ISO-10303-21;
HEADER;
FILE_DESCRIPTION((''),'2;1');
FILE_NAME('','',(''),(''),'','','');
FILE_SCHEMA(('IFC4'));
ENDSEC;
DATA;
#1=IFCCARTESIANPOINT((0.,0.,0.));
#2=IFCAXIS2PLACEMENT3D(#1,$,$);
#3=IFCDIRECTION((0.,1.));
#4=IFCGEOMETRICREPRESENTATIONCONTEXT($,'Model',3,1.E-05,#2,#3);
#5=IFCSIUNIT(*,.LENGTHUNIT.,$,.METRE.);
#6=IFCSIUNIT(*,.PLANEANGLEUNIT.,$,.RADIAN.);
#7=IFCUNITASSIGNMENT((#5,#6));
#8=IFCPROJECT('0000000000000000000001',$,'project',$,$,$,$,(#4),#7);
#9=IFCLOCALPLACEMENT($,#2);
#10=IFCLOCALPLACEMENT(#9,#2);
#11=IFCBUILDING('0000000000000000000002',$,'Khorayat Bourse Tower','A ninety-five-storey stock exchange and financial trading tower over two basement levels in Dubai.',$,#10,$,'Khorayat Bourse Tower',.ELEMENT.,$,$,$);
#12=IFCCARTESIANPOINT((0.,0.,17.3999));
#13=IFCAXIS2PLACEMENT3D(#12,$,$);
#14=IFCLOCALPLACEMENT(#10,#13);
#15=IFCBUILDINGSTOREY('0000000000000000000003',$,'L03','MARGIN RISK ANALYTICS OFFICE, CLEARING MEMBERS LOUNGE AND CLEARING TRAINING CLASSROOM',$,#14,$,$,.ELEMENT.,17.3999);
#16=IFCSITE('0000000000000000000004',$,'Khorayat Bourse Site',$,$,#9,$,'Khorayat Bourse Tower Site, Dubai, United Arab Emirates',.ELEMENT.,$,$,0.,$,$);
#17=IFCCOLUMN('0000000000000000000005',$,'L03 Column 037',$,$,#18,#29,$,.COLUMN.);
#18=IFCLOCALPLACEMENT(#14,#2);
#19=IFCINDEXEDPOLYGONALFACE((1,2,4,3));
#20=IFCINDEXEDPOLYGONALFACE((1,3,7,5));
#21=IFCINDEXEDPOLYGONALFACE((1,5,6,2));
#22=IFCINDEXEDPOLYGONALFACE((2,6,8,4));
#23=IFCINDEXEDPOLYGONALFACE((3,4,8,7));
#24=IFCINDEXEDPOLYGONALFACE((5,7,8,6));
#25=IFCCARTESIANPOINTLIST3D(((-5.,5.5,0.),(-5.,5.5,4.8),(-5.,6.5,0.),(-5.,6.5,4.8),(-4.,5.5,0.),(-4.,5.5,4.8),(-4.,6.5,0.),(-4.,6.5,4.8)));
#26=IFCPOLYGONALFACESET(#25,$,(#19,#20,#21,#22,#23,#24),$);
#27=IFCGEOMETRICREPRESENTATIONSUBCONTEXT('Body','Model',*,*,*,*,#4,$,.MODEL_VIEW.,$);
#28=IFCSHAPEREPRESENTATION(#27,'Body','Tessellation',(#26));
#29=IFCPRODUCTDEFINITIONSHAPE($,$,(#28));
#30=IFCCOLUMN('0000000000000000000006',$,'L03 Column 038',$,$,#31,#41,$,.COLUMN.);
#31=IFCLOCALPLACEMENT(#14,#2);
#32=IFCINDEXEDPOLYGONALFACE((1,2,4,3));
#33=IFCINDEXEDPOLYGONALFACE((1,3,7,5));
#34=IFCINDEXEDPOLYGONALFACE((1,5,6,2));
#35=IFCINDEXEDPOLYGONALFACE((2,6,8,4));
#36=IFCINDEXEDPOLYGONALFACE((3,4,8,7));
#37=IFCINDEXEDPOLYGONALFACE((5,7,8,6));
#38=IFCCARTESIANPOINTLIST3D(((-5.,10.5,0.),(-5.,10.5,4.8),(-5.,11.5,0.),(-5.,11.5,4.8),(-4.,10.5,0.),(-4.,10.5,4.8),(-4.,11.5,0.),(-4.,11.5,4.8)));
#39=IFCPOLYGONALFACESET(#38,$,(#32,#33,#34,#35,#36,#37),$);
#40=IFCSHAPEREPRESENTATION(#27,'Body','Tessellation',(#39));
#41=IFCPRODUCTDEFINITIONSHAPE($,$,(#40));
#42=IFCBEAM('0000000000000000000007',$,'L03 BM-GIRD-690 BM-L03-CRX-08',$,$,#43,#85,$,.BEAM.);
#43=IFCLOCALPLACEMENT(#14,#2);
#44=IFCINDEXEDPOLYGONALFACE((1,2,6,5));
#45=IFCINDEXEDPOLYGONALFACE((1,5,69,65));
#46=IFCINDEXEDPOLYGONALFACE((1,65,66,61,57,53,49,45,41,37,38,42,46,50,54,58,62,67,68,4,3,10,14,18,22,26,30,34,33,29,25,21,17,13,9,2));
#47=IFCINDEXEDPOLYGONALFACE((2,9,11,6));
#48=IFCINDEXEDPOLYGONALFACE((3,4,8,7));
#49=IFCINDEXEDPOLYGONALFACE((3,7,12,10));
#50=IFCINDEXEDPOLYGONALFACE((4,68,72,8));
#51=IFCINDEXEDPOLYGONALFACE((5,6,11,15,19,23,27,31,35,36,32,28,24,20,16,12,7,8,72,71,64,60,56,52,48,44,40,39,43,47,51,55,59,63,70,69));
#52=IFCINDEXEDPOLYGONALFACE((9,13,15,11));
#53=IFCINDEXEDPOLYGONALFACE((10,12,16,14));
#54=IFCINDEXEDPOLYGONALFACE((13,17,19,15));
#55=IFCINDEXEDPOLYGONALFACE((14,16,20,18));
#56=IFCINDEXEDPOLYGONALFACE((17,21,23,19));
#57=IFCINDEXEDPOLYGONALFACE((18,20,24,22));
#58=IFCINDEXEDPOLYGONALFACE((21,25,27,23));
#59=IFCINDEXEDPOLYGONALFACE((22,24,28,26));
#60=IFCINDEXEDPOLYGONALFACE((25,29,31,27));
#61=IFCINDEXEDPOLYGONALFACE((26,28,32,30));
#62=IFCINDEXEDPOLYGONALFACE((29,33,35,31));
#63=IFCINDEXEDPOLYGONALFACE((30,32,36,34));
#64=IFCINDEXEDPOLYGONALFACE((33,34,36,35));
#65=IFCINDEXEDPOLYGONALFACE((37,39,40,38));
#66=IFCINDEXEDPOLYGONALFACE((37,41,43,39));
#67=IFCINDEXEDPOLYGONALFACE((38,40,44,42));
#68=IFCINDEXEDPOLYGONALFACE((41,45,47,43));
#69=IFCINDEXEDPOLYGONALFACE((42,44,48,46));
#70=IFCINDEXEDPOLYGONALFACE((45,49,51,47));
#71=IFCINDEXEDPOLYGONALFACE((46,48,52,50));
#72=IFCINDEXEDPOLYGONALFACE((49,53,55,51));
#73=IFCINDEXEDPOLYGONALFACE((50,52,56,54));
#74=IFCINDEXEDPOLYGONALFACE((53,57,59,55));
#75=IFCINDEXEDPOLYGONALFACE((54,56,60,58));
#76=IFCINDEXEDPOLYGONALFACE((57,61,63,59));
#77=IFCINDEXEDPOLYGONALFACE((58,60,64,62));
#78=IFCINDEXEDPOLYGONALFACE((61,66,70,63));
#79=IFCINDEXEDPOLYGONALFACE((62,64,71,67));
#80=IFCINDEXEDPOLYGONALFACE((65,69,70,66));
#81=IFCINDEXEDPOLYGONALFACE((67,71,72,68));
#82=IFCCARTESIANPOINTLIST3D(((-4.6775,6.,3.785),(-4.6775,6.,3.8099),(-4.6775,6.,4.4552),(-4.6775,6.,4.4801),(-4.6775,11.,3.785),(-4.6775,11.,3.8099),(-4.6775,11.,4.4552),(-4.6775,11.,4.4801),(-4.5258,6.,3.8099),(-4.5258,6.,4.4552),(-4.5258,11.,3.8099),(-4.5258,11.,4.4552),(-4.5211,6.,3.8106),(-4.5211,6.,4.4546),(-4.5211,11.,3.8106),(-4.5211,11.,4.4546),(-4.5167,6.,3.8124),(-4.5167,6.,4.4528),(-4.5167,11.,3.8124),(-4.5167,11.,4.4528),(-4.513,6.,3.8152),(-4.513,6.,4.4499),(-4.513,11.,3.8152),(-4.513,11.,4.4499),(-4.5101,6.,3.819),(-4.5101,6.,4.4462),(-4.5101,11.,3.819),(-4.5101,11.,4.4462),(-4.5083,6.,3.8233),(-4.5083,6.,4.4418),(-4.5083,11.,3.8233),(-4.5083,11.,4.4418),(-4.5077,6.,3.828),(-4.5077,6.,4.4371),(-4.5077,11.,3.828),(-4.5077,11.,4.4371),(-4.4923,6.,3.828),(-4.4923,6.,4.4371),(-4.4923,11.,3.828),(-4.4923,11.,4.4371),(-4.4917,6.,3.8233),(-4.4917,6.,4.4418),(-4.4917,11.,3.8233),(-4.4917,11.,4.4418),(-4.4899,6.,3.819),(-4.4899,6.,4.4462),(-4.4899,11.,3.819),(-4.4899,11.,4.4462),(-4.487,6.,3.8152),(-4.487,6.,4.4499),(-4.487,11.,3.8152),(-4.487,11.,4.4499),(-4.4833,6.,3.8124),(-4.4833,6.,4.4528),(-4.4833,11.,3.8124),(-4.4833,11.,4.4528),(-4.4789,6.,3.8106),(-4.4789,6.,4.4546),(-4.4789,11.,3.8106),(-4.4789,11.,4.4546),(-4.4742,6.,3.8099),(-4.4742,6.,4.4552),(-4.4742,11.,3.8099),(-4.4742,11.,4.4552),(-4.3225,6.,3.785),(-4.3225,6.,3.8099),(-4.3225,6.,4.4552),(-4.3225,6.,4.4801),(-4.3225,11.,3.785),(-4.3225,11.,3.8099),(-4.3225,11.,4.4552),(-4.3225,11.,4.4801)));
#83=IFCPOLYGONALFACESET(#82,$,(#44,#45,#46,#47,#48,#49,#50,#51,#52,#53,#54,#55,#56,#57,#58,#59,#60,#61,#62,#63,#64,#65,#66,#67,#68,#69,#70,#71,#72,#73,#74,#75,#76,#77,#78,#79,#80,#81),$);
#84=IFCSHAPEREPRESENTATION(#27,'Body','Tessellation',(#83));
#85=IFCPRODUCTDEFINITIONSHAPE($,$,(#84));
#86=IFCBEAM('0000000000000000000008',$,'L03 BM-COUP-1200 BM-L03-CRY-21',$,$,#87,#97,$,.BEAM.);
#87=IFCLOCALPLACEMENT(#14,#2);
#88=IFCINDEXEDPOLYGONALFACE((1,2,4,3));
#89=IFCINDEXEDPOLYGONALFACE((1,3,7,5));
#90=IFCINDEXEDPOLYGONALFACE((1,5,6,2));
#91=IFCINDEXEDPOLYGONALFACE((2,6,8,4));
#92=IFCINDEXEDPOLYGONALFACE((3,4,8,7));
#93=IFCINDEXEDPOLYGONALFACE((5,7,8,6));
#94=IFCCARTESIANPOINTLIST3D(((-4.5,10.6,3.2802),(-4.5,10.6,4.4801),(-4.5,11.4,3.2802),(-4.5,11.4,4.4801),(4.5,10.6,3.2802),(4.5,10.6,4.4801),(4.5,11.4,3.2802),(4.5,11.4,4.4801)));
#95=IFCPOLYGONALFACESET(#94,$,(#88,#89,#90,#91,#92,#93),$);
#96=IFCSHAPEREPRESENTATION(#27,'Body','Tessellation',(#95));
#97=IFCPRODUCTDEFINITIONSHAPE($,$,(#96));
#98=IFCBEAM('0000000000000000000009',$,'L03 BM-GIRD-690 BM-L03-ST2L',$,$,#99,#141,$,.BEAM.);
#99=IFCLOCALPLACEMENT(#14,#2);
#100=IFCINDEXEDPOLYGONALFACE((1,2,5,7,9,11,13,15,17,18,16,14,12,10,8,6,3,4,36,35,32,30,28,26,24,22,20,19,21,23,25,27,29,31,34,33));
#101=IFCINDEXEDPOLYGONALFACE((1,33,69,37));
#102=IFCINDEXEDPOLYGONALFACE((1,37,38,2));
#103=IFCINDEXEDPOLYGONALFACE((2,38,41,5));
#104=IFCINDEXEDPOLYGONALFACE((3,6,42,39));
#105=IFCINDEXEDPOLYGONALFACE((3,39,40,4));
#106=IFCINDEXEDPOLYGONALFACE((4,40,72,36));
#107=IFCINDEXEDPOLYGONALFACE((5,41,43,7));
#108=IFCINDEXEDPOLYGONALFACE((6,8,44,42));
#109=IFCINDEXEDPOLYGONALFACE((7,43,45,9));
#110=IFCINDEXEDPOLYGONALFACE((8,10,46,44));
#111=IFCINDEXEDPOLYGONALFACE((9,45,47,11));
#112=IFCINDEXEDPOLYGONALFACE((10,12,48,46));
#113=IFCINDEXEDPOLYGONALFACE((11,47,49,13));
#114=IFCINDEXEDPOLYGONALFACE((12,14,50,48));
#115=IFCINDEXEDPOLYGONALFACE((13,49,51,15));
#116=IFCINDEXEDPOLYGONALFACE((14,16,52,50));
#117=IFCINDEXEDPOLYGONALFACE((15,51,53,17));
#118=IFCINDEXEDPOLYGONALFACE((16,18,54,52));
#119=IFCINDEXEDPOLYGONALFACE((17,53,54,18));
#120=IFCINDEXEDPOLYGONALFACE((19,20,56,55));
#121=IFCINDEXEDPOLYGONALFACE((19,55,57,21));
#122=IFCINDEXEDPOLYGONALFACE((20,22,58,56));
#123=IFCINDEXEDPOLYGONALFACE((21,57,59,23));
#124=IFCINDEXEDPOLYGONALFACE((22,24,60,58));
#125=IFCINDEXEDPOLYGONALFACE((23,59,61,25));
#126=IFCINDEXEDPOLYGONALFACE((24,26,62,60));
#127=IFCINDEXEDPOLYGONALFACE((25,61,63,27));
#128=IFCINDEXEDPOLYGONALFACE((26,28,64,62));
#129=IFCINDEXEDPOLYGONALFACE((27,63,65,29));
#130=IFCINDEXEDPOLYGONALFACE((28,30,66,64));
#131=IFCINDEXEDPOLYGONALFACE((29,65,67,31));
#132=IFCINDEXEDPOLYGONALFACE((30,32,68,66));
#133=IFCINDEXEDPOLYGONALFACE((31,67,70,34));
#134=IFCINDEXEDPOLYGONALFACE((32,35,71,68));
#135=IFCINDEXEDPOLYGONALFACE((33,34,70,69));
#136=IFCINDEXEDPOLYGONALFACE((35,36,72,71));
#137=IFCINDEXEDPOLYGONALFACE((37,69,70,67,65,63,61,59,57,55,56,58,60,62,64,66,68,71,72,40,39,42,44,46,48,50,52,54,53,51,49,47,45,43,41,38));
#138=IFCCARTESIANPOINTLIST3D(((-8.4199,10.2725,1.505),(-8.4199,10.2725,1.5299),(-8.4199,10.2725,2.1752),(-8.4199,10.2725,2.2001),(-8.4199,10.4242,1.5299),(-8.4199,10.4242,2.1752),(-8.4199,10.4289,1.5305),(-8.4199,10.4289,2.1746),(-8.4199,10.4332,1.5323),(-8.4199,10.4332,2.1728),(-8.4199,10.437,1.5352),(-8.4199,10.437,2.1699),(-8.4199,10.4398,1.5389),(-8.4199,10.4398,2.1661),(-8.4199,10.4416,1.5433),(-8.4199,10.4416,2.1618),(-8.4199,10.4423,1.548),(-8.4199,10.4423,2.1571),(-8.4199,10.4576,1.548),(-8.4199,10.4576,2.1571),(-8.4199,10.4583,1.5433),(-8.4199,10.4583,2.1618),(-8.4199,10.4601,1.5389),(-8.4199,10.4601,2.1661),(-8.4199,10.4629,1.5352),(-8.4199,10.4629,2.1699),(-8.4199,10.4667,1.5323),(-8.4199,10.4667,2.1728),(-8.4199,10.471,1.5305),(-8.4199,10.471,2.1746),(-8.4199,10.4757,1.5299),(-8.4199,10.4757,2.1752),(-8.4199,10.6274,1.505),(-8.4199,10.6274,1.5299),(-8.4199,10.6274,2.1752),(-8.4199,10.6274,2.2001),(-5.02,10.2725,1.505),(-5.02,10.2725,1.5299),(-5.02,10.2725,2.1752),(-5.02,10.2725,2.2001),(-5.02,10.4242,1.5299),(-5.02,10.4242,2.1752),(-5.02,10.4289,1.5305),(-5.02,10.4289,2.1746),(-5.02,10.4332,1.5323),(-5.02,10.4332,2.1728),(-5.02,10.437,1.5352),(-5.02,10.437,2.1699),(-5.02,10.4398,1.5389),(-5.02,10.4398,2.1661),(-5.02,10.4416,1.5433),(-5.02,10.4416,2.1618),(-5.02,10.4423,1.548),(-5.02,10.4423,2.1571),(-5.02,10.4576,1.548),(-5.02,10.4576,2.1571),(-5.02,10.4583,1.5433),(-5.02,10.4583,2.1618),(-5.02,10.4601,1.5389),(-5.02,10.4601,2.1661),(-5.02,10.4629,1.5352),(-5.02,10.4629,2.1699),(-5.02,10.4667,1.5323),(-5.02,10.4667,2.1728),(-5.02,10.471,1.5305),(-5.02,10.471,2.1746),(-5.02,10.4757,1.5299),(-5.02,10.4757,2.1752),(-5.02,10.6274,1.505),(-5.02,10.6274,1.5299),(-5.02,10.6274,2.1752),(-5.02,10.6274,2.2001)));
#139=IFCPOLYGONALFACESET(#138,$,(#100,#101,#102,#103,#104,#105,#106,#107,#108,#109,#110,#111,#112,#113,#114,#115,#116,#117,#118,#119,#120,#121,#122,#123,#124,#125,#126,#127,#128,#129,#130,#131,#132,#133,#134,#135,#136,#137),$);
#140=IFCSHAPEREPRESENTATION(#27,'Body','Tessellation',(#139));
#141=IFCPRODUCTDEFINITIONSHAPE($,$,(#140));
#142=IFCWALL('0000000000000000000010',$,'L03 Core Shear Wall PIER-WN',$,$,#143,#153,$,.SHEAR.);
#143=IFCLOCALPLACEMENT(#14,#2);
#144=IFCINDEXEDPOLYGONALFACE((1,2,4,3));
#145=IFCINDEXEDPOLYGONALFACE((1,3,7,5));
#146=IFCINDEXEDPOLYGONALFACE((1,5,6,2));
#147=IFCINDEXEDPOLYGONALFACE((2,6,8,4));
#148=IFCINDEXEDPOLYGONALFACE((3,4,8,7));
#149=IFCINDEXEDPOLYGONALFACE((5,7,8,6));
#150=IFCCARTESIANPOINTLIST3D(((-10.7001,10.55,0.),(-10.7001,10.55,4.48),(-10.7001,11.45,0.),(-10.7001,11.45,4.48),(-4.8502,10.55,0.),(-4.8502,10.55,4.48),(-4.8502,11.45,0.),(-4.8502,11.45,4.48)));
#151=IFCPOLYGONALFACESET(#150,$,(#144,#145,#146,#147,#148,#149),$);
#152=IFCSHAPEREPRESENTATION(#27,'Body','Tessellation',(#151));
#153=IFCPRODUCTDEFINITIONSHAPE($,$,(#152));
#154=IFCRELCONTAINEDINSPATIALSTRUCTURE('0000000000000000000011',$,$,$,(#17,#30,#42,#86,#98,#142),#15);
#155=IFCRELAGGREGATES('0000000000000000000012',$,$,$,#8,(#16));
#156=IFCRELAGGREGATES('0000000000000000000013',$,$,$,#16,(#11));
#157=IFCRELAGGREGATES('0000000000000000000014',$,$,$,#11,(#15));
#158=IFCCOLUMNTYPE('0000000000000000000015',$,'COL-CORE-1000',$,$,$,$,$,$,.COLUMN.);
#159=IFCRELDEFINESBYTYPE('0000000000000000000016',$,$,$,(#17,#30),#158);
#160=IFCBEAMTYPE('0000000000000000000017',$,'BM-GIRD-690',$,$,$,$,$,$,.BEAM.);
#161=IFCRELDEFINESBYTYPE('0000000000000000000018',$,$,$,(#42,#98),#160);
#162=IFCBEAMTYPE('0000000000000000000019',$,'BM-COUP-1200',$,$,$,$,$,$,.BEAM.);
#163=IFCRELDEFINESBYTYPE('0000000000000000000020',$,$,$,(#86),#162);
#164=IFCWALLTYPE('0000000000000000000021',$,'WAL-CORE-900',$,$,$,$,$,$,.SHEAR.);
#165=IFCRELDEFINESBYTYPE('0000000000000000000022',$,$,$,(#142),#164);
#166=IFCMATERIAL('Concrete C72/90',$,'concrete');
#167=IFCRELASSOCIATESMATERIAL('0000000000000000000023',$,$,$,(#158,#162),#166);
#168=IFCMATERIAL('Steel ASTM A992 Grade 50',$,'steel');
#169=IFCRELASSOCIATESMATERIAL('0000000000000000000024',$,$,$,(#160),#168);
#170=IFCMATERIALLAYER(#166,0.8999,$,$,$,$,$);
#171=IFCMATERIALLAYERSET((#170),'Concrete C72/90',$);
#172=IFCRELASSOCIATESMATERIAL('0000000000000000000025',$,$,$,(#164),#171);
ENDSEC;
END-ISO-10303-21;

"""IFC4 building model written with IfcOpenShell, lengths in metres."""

from ifc_helpers import new_model, si_unit, direction, frame, frame_2d, origin, origin_2d, place, context, subcontext, project, spatial, rectangle, i_section, extrude, source, transform, mapped, material, layer, layer_set, material_profile, profile_set, type_object, element, save


model = new_model("IFC4")

# Units and contexts
model_context = context("Model", 3, precision=1e-05, world=origin(), true_north=direction((0.0, 1.0)))
body_context = subcontext(model_context, "Body", "Model", "MODEL_VIEW")
ifc_project = project(units=[si_unit("LENGTHUNIT", "METRE"), si_unit("PLANEANGLEUNIT", "RADIAN")], contexts=[model_context])

# Site, building, storey
site_placement = place(None, origin())
site = spatial("IfcSite", under=ifc_project, at=site_placement, Name="Khorayat Bourse Site", LongName="Khorayat Bourse Tower Site, Dubai, United Arab Emirates", CompositionType="ELEMENT", RefElevation=0.0)
building_placement = place(site_placement, origin())
building = spatial("IfcBuilding", under=site, at=building_placement, Name="Khorayat Bourse Tower", Description="A ninety-five-storey stock exchange and financial trading tower over two basement levels in Dubai.", LongName="Khorayat Bourse Tower", CompositionType="ELEMENT")
storey_placement = place(building_placement, frame((0.0, 0.0, 17.3999)))
storey = spatial("IfcBuildingStorey", under=building, at=storey_placement, Name="L03", Description="MARGIN RISK ANALYTICS OFFICE, CLEARING MEMBERS LOUNGE AND CLEARING TRAINING CLASSROOM", CompositionType="ELEMENT", Elevation=17.3999)

# Columns
ifc_material_1 = material(Name="Concrete C72/90", Category="concrete")
ifc_material_profile_1 = material_profile(ifc_material_1, rectangle(XDim=1.0, YDim=1.0, at=origin_2d()), Name="RC 1000x1000")
ifc_profile_set_1 = profile_set([ifc_material_profile_1], Name="Concrete C72/90")
column_type = type_object("IfcColumnType", Name="COL-CORE-1000", PredefinedType="COLUMN", material=ifc_profile_set_1)
shared_shape_1 = source(origin(), body_context, "Body", "SweptSolid", [
    extrude(rectangle(XDim=1.0, YDim=1.0, at=origin_2d()), origin(), (0.0, 0.0, 1.0), 4.8),
])
for number, where, z_axis, x_axis, name in (
    (1, (-4.5, 6.0, 0.0), (0.0, 0.0, 1.0), (1.0, 0.0, 0.0), "L03 Column 037"),
    (2, (-4.5, 11.0, 0.0), (0.0, 0.0, 1.0), (1.0, 0.0, 0.0), "L03 Column 038"),
):
    element("IfcColumn", number, at=place(storey_placement, frame(where, z_axis=z_axis, x_axis=x_axis)), inside=storey, type_object=column_type, Name=name, PredefinedType="COLUMN", context=body_context, shape_type="MappedRepresentation", body=[
        mapped(shared_shape_1, transform((0.0, 0.0, 0.0), scale=1.0)),
    ])

# Beams
ifc_material_2 = material(Name="Steel ASTM A992 Grade 50", Category="steel")
ifc_material_profile_2 = material_profile(ifc_material_2, i_section(OverallWidth=0.355, OverallDepth=0.6951, WebThickness=0.0154, FlangeThickness=0.0249, FilletRadius=0.0181, at=origin_2d()), Name="W690X217")
ifc_profile_set_2 = profile_set([ifc_material_profile_2], Name="Steel ASTM A992 Grade 50")
beam_type_1 = type_object("IfcBeamType", Name="BM-GIRD-690", PredefinedType="BEAM", material=ifc_profile_set_2)
shared_shape_2 = source(origin(), body_context, "Body", "SweptSolid", [
    extrude(i_section(OverallWidth=0.355, OverallDepth=0.6951, WebThickness=0.0154, FlangeThickness=0.0249, FilletRadius=0.0181, at=origin_2d()), origin(), (0.0, 0.0, 1.0), 5.0),
])
beam_1_placement = place(storey_placement, frame((-4.5, 6.0, 4.1326), z_axis=(0.0, 1.0, 0.0), x_axis=(-1.0, 0.0, 0.0)))
element("IfcBeam", 3, at=beam_1_placement, inside=storey, type_object=beam_type_1, Name="L03 BM-GIRD-690 BM-L03-CRX-08", PredefinedType="BEAM", context=body_context, shape_type="MappedRepresentation", body=[
    mapped(shared_shape_2, transform((0.0, 0.0, 0.0), scale=1.0)),
])
ifc_material_profile_3 = material_profile(ifc_material_1, rectangle(XDim=0.8, YDim=1.2, at=origin_2d()), Name="RC 800x1200")
ifc_profile_set_3 = profile_set([ifc_material_profile_3], Name="Concrete C72/90")
beam_type_2 = type_object("IfcBeamType", Name="BM-COUP-1200", PredefinedType="BEAM", material=ifc_profile_set_3)
shared_shape_3 = source(origin(), body_context, "Body", "SweptSolid", [
    extrude(rectangle(XDim=0.8, YDim=1.2, at=origin_2d()), origin(), (0.0, 0.0, 1.0), 9.0),
])
beam_2_placement = place(storey_placement, frame((-4.5, 11.0, 3.8801), z_axis=(1.0, 0.0, 0.0), x_axis=(0.0, 1.0, 0.0)))
element("IfcBeam", 4, at=beam_2_placement, inside=storey, type_object=beam_type_2, Name="L03 BM-COUP-1200 BM-L03-CRY-21", PredefinedType="BEAM", context=body_context, shape_type="MappedRepresentation", body=[
    mapped(shared_shape_3, transform((0.0, 0.0, 0.0), scale=1.0)),
])
shared_shape_4 = source(origin(), body_context, "Body", "SweptSolid", [
    extrude(i_section(OverallWidth=0.355, OverallDepth=0.6951, WebThickness=0.0154, FlangeThickness=0.0249, FilletRadius=0.0181, at=origin_2d()), origin(), (0.0, 0.0, 1.0), 3.3999),
])
beam_3_placement = place(storey_placement, frame((-8.4199, 10.45, 1.8525), z_axis=(1.0, 0.0, 0.0), x_axis=(0.0, 1.0, 0.0)))
element("IfcBeam", 5, at=beam_3_placement, inside=storey, type_object=beam_type_1, Name="L03 BM-GIRD-690 BM-L03-ST2L", PredefinedType="BEAM", context=body_context, shape_type="MappedRepresentation", body=[
    mapped(shared_shape_4, transform((0.0, 0.0, 0.0), scale=1.0)),
])

# Wall
ifc_layer_1 = layer(ifc_material_1, 0.8999)
ifc_layer_set_1 = layer_set([ifc_layer_1], Name="Concrete C72/90")
wall_type_1 = type_object("IfcWallType", Name="WAL-CORE-900", PredefinedType="SHEAR", material=ifc_layer_set_1)
shared_shape_5 = source(origin(), body_context, "Body", "SweptSolid", [
    extrude(rectangle(XDim=5.8499, YDim=0.8999, at=frame_2d((2.9248, 0.0))), origin(), (0.0, 0.0, 1.0), 4.48),
])
wall_1_placement = place(storey_placement, frame((-10.7, 11.0, 0.0), z_axis=(0.0, 0.0, 1.0), x_axis=(1.0, 0.0, 0.0)))
element("IfcWall", 6, at=wall_1_placement, inside=storey, type_object=wall_type_1, Name="L03 Core Shear Wall PIER-WN", PredefinedType="SHEAR", context=body_context, shape_type="MappedRepresentation", body=[
    mapped(shared_shape_5, transform((0.0, 0.0, 0.0), scale=1.0)),
])

save(model, "model.ifc")
